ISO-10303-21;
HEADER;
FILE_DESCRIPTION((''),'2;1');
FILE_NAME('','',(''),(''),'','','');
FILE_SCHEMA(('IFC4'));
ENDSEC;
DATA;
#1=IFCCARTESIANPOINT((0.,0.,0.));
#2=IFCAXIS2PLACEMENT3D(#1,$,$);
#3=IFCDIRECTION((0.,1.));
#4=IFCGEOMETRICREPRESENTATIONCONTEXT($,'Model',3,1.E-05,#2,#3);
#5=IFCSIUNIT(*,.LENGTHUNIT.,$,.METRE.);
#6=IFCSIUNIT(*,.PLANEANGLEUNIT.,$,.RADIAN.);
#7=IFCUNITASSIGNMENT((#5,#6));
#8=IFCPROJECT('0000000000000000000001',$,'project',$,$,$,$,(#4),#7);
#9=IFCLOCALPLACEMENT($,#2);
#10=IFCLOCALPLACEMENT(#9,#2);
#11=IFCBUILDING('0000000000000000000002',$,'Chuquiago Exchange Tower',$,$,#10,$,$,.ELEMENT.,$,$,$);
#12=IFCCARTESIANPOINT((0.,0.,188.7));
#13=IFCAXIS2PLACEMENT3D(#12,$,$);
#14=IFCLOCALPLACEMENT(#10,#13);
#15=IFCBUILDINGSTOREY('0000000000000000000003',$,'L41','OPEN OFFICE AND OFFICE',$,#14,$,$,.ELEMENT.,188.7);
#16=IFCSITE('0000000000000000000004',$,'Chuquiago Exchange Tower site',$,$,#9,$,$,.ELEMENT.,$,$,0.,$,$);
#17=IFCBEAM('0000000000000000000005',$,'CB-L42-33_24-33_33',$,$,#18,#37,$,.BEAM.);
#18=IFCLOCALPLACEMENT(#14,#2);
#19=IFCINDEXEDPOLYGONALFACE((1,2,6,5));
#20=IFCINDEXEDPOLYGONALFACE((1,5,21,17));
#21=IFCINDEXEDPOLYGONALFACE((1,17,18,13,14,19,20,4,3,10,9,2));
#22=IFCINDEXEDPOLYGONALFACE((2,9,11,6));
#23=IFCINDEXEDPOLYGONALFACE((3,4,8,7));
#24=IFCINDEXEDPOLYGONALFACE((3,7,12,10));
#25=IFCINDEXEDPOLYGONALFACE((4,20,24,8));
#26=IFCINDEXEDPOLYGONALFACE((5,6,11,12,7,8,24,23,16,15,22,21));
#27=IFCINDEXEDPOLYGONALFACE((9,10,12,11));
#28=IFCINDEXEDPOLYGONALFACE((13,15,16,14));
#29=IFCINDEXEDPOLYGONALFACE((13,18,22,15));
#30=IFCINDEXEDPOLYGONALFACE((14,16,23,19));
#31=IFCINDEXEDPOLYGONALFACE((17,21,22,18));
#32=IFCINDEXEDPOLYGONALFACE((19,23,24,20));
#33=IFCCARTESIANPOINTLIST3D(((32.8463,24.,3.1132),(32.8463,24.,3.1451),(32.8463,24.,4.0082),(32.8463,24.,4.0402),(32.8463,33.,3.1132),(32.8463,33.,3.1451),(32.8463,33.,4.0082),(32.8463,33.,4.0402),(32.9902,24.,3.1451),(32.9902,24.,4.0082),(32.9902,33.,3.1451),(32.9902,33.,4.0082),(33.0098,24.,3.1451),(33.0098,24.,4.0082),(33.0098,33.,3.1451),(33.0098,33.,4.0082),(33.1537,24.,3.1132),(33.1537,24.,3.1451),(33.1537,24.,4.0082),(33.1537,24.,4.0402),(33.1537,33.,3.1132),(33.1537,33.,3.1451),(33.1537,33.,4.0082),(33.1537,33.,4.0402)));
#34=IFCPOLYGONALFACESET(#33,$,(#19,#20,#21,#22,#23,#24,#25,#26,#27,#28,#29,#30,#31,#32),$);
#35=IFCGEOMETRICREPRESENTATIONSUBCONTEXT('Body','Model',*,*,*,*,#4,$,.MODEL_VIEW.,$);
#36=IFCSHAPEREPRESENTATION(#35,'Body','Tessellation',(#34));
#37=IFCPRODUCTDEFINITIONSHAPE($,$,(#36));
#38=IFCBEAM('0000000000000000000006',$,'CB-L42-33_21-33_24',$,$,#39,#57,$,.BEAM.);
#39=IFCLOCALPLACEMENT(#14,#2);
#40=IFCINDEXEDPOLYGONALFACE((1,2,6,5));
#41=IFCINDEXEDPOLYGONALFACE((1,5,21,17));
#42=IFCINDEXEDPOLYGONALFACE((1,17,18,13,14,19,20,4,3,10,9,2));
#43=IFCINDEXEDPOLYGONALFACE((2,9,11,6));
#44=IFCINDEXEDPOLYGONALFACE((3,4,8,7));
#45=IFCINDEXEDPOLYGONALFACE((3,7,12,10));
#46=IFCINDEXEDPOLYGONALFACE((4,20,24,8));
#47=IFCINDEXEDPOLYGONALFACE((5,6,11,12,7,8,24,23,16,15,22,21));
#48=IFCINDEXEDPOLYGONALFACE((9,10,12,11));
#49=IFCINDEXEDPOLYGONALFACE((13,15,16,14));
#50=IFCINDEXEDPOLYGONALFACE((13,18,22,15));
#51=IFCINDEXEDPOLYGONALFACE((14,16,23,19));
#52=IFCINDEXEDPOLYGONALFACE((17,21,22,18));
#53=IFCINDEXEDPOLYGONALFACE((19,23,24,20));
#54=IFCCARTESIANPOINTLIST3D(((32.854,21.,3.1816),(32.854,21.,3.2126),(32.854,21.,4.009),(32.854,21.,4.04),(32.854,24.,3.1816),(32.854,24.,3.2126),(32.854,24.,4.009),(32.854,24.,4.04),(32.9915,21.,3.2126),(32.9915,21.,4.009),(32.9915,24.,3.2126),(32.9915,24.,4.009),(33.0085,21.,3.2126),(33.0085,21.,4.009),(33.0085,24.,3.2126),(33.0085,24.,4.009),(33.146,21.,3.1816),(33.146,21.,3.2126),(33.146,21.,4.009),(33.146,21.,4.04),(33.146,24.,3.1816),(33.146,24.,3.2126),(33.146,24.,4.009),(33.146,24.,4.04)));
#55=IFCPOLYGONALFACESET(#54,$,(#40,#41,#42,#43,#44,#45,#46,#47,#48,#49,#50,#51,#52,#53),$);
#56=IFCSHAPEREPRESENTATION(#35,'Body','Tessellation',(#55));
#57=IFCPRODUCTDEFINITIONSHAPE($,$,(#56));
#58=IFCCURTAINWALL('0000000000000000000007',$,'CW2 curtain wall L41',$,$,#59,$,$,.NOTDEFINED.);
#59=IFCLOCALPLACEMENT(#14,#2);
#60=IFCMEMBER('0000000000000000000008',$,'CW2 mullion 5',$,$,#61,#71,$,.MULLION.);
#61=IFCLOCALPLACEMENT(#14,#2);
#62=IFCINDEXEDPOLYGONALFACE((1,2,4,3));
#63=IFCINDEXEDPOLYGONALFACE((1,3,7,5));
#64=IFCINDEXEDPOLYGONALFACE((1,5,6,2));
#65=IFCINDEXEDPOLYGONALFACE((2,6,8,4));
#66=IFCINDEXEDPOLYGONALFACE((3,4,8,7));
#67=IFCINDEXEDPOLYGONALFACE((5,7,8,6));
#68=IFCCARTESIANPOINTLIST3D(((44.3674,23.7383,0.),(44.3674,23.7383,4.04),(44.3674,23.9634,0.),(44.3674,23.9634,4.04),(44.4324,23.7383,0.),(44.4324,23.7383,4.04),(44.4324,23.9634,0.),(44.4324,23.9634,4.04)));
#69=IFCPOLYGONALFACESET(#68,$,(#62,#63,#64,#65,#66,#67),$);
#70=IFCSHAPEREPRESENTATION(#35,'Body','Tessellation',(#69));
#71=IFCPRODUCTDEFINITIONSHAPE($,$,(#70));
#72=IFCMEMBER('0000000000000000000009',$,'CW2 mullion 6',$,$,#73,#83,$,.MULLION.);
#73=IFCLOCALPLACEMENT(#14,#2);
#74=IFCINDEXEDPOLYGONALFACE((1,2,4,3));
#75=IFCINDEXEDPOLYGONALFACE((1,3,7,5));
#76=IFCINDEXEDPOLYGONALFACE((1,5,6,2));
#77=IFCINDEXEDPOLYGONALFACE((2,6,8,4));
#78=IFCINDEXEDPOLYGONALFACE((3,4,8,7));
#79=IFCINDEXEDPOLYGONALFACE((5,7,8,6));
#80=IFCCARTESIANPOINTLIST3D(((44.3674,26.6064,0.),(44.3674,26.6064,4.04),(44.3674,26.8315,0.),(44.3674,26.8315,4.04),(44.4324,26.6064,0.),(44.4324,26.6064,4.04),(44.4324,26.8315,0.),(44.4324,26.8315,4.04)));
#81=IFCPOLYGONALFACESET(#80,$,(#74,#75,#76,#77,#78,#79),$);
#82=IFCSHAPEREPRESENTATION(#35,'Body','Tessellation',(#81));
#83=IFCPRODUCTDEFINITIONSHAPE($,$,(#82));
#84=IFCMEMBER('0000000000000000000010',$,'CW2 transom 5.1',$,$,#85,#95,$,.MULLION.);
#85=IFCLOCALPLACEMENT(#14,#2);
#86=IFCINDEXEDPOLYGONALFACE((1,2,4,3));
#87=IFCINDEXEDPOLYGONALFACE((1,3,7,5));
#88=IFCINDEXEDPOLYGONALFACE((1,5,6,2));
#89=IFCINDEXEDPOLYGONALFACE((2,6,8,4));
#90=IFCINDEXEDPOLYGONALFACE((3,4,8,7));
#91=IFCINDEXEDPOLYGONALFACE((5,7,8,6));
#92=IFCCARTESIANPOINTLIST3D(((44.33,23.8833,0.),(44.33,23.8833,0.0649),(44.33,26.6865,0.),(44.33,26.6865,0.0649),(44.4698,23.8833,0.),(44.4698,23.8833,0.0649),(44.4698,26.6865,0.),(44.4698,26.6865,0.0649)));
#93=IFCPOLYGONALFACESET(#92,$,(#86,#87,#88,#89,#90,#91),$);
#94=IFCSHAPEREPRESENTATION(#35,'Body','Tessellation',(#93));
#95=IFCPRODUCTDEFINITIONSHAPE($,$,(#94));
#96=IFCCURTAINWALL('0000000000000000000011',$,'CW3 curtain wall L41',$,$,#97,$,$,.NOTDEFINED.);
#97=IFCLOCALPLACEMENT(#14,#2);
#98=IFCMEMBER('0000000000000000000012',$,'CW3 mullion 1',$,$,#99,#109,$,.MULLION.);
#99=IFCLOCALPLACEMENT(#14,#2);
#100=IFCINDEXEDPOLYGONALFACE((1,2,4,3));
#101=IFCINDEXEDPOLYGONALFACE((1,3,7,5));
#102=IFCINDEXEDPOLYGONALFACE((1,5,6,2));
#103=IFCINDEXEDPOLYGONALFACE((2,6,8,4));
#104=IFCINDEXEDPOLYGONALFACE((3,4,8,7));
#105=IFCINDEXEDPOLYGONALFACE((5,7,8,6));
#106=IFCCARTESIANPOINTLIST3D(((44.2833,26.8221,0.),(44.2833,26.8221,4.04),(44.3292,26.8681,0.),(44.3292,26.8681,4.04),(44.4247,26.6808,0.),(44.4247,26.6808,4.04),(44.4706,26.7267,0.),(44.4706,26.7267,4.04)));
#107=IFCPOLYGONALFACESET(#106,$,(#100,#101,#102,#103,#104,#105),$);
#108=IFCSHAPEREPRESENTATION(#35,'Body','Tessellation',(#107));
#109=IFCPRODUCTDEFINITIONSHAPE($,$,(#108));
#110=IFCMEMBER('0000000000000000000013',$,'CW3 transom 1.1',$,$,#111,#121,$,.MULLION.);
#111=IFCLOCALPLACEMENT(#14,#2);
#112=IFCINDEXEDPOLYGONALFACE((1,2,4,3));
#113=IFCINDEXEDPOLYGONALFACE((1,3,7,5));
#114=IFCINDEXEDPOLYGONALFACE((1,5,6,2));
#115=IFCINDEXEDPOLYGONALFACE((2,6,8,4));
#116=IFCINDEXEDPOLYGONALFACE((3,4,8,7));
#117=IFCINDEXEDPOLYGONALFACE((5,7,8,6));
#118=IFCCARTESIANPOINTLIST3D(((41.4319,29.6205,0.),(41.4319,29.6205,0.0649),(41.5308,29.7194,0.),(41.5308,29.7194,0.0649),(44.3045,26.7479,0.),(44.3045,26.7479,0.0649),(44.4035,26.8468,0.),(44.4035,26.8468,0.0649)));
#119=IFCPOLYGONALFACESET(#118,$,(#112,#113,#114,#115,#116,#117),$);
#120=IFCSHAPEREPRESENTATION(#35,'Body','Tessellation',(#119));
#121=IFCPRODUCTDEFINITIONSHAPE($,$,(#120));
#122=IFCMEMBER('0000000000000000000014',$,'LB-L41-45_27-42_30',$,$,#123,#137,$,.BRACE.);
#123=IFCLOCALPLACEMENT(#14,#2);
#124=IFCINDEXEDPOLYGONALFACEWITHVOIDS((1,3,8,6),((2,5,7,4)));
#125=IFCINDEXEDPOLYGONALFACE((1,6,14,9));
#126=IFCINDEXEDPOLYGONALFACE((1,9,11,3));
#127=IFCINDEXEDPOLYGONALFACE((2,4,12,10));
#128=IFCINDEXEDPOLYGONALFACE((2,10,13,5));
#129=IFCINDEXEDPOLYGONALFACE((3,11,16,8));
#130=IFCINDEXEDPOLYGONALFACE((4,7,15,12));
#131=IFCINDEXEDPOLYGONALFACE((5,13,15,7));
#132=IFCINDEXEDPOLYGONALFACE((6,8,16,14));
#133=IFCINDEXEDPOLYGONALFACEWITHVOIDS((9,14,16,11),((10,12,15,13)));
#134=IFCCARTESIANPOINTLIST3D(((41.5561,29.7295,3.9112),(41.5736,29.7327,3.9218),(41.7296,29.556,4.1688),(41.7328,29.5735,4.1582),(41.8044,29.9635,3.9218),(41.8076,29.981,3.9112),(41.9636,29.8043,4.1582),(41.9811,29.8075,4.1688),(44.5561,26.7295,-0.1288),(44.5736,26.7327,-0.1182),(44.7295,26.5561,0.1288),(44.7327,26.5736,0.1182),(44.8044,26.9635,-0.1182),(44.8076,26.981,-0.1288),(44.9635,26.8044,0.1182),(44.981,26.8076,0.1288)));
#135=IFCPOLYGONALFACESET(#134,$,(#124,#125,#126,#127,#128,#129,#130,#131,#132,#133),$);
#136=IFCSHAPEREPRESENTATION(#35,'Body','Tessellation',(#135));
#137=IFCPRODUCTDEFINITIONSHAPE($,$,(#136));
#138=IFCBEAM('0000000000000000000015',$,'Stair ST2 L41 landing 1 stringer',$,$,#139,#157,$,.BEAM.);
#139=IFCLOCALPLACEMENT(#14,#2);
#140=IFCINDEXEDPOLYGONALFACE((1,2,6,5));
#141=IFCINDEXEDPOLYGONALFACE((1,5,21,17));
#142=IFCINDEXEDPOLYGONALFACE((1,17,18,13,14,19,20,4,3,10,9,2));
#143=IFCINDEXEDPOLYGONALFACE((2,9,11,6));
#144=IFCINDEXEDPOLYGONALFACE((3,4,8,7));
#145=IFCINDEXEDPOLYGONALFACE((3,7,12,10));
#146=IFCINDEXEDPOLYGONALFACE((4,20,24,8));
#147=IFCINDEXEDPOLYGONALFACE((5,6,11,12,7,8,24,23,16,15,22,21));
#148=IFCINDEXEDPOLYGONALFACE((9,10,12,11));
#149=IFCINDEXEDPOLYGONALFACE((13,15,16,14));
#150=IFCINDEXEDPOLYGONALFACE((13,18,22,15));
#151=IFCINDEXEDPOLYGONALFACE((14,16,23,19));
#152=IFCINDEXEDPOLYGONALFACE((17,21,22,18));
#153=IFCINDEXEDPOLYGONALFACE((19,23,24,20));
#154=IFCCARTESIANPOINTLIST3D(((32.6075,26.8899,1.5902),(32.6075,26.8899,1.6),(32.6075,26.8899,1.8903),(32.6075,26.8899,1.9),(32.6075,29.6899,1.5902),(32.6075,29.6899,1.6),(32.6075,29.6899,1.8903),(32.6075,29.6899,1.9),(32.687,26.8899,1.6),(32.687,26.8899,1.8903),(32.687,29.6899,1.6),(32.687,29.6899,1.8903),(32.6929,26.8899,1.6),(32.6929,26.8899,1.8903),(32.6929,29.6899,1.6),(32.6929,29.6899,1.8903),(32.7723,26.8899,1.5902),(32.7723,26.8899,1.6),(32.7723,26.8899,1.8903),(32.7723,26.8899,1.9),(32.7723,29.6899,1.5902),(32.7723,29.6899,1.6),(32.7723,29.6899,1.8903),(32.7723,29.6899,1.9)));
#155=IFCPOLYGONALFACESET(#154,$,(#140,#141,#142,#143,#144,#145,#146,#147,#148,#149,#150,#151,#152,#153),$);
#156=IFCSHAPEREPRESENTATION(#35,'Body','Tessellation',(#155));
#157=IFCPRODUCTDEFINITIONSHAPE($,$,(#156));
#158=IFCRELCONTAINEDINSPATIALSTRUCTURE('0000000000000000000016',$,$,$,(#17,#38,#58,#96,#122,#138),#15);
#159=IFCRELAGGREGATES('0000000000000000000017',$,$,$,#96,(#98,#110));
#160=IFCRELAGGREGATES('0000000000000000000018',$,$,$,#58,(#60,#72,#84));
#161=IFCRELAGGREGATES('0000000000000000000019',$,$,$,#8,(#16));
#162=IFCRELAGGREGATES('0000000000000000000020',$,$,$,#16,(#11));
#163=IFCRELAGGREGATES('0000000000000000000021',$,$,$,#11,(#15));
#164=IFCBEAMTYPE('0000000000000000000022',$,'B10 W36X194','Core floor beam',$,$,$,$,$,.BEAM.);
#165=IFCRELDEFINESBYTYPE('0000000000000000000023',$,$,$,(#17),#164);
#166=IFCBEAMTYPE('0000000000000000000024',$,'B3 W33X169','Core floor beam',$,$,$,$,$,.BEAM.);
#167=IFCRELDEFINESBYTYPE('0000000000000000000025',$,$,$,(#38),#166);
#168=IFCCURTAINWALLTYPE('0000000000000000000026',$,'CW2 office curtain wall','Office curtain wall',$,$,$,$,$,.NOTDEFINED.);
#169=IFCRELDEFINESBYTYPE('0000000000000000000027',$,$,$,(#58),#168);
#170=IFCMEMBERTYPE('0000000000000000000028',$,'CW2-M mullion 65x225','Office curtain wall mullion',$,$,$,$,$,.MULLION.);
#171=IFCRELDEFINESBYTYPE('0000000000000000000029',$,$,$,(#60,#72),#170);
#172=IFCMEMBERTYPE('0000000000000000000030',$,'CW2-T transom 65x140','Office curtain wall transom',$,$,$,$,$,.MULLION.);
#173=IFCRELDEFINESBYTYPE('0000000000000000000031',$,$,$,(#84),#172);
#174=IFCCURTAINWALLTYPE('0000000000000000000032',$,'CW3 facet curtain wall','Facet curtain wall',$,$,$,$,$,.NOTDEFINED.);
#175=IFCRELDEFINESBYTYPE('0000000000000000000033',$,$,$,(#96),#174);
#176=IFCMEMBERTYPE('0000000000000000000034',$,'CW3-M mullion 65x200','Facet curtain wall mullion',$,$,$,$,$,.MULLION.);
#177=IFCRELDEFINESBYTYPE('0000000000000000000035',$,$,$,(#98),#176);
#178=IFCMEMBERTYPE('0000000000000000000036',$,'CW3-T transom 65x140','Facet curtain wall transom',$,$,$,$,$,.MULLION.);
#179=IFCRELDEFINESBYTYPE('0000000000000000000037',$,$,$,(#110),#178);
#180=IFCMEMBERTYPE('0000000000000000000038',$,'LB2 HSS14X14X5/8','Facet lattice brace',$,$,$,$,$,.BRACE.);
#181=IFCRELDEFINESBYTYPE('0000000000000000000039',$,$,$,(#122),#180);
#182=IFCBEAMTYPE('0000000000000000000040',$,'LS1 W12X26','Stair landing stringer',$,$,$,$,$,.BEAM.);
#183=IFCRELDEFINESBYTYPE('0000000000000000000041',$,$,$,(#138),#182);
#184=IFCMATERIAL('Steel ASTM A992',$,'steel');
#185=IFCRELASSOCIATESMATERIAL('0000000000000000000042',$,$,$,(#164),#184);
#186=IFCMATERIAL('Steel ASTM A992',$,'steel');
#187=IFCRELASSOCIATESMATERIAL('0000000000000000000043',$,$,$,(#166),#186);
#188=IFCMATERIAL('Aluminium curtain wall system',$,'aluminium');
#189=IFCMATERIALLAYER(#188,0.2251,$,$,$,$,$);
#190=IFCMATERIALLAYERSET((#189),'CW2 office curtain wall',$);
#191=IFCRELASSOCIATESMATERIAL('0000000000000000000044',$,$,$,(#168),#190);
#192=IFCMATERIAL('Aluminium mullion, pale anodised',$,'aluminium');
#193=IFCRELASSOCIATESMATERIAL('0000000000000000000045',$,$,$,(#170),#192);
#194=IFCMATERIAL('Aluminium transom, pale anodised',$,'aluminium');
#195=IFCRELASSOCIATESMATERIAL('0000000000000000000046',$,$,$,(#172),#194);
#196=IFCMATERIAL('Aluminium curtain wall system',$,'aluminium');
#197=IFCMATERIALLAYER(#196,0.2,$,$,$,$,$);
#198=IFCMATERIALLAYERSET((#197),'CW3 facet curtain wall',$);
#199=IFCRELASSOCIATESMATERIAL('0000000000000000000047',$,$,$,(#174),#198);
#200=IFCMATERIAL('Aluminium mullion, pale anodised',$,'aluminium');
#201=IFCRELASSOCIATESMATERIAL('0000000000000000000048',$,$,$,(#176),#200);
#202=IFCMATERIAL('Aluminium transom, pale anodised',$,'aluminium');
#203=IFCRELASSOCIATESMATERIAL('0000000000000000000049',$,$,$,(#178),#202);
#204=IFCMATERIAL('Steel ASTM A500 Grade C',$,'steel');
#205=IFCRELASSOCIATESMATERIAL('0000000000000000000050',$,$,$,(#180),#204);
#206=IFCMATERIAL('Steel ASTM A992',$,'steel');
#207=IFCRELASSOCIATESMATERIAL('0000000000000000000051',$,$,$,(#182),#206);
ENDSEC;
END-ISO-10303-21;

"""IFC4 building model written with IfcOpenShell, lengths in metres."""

from ifc_helpers import new_model, si_unit, direction, frame, origin, origin_2d, place, context, subcontext, project, spatial, rectangle, hollow_rectangle, i_section, extrude, material, layer, layer_set, material_profile, profile_set, type_object, element, aggregate, save


model = new_model("IFC4")

# Units and contexts
model_context = context("Model", 3, precision=1e-05, world=origin(), true_north=direction((0.0, 1.0)))
body_context = subcontext(model_context, "Body", "Model", "MODEL_VIEW")
ifc_project = project(units=[si_unit("LENGTHUNIT", "METRE"), si_unit("PLANEANGLEUNIT", "RADIAN")], contexts=[model_context])

# Site, building, storey
site_placement = place(None, origin())
site = spatial("IfcSite", under=ifc_project, at=site_placement, Name="Chuquiago Exchange Tower site", CompositionType="ELEMENT", RefElevation=0.0)
building_placement = place(site_placement, origin())
building = spatial("IfcBuilding", under=site, at=building_placement, Name="Chuquiago Exchange Tower", CompositionType="ELEMENT")
storey_placement = place(building_placement, frame((0.0, 0.0, 188.7)))
storey = spatial("IfcBuildingStorey", under=building, at=storey_placement, Name="L41", Description="OPEN OFFICE AND OFFICE", CompositionType="ELEMENT", Elevation=188.7)

# Beams
ifc_material_1 = material(Name="Steel ASTM A992", Category="steel")
ifc_material_profile_1 = material_profile(ifc_material_1, i_section(OverallWidth=0.3074, OverallDepth=0.927, WebThickness=0.0195, FlangeThickness=0.032, at=origin_2d()), Name="W36X194")
ifc_profile_set_1 = profile_set([ifc_material_profile_1], Name="Steel ASTM A992")
beam_type_1 = type_object("IfcBeamType", Name="B10 W36X194", Description="Core floor beam", PredefinedType="BEAM", material=ifc_profile_set_1)
beam_1_placement = place(storey_placement, frame((33.0, 24.0, 3.5767), z_axis=(0.0, 1.0, 0.0), x_axis=(-1.0, 0.0, 0.0)))
element("IfcBeam", 1, at=beam_1_placement, inside=storey, type_object=beam_type_1, Name="CB-L42-33_24-33_33", PredefinedType="BEAM", context=body_context, shape_type="SweptSolid", body=[
    extrude(i_section(OverallWidth=0.3074, OverallDepth=0.927, WebThickness=0.0195, FlangeThickness=0.032, at=origin_2d()), origin(), (0.0, 0.0, 1.0), 9.0),
])
ifc_material_2 = material(Name="Steel ASTM A992", Category="steel")
ifc_material_profile_2 = material_profile(ifc_material_2, i_section(OverallWidth=0.292, OverallDepth=0.8584, WebThickness=0.0171, FlangeThickness=0.031, at=origin_2d()), Name="W33X169")
ifc_profile_set_2 = profile_set([ifc_material_profile_2], Name="Steel ASTM A992")
beam_type_2 = type_object("IfcBeamType", Name="B3 W33X169", Description="Core floor beam", PredefinedType="BEAM", material=ifc_profile_set_2)
beam_2_placement = place(storey_placement, frame((33.0, 21.0, 3.6108), z_axis=(0.0, 1.0, 0.0), x_axis=(-1.0, 0.0, 0.0)))
element("IfcBeam", 2, at=beam_2_placement, inside=storey, type_object=beam_type_2, Name="CB-L42-33_21-33_24", PredefinedType="BEAM", context=body_context, shape_type="SweptSolid", body=[
    extrude(i_section(OverallWidth=0.292, OverallDepth=0.8584, WebThickness=0.0171, FlangeThickness=0.031, at=origin_2d()), origin(), (0.0, 0.0, 1.0), 3.0),
])

# Curtain walls, members
ifc_material_3 = material(Name="Aluminium curtain wall system", Category="aluminium")
ifc_layer_1 = layer(ifc_material_3, 0.2251)
ifc_layer_set_1 = layer_set([ifc_layer_1], Name="CW2 office curtain wall")
curtain_wall_type_1 = type_object("IfcCurtainWallType", Name="CW2 office curtain wall", Description="Office curtain wall", PredefinedType="NOTDEFINED", material=ifc_layer_set_1)
curtain_wall_1_placement = place(storey_placement, origin())
curtain_wall_1 = element("IfcCurtainWall", 3, at=curtain_wall_1_placement, inside=storey, type_object=curtain_wall_type_1, Name="CW2 curtain wall L41", PredefinedType="NOTDEFINED")
ifc_material_4 = material(Name="Aluminium mullion, pale anodised", Category="aluminium")
ifc_material_profile_3 = material_profile(ifc_material_4, rectangle(XDim=0.0649, YDim=0.2251, at=origin_2d()), Name="AL 65x225")
ifc_profile_set_3 = profile_set([ifc_material_profile_3], Name="Aluminium mullion, pale anodised")
member_type_1 = type_object("IfcMemberType", Name="CW2-M mullion 65x225", Description="Office curtain wall mullion", PredefinedType="MULLION", material=ifc_profile_set_3)
member_1_placement = place(storey_placement, frame((44.3999, 23.8508, 0.0), z_axis=(0.0, 0.0, 1.0), x_axis=(-1.0, 0.0, 0.0)))
member_1 = element("IfcMember", 4, at=member_1_placement, type_object=member_type_1, Name="CW2 mullion 5", PredefinedType="MULLION", context=body_context, shape_type="SweptSolid", body=[
    extrude(rectangle(XDim=0.0649, YDim=0.2251, at=origin_2d()), origin(), (0.0, 0.0, 1.0), 4.04),
])
member_2_placement = place(storey_placement, frame((44.3999, 26.719, 0.0), z_axis=(0.0, 0.0, 1.0), x_axis=(-1.0, 0.0, 0.0)))
member_2 = element("IfcMember", 5, at=member_2_placement, type_object=member_type_1, Name="CW2 mullion 6", PredefinedType="MULLION", context=body_context, shape_type="SweptSolid", body=[
    extrude(rectangle(XDim=0.0649, YDim=0.2251, at=origin_2d()), origin(), (0.0, 0.0, 1.0), 4.04),
])
ifc_material_5 = material(Name="Aluminium transom, pale anodised", Category="aluminium")
ifc_material_profile_4 = material_profile(ifc_material_5, rectangle(XDim=0.1399, YDim=0.0649, at=origin_2d()), Name="AL 140x65")
ifc_profile_set_4 = profile_set([ifc_material_profile_4], Name="Aluminium transom, pale anodised")
member_type_2 = type_object("IfcMemberType", Name="CW2-T transom 65x140", Description="Office curtain wall transom", PredefinedType="MULLION", material=ifc_profile_set_4)
member_3_placement = place(storey_placement, frame((44.3999, 23.8833, 0.0325), z_axis=(0.0, 1.0, 0.0), x_axis=(-1.0, 0.0, 0.0)))
member_3 = element("IfcMember", 6, at=member_3_placement, type_object=member_type_2, Name="CW2 transom 5.1", PredefinedType="MULLION", context=body_context, shape_type="SweptSolid", body=[
    extrude(rectangle(XDim=0.1399, YDim=0.0649, at=origin_2d()), origin(), (0.0, 0.0, 1.0), 2.8032),
])
ifc_material_6 = material(Name="Aluminium curtain wall system", Category="aluminium")
ifc_layer_2 = layer(ifc_material_6, 0.2)
ifc_layer_set_2 = layer_set([ifc_layer_2], Name="CW3 facet curtain wall")
curtain_wall_type_2 = type_object("IfcCurtainWallType", Name="CW3 facet curtain wall", Description="Facet curtain wall", PredefinedType="NOTDEFINED", material=ifc_layer_set_2)
curtain_wall_2_placement = place(storey_placement, origin())
curtain_wall_2 = element("IfcCurtainWall", 7, at=curtain_wall_2_placement, inside=storey, type_object=curtain_wall_type_2, Name="CW3 curtain wall L41", PredefinedType="NOTDEFINED")
ifc_material_7 = material(Name="Aluminium mullion, pale anodised", Category="aluminium")
ifc_material_profile_5 = material_profile(ifc_material_7, rectangle(XDim=0.0649, YDim=0.2, at=origin_2d()), Name="AL 65x200")
ifc_profile_set_5 = profile_set([ifc_material_profile_5], Name="Aluminium mullion, pale anodised")
member_type_3 = type_object("IfcMemberType", Name="CW3-M mullion 65x200", Description="Facet curtain wall mullion", PredefinedType="MULLION", material=ifc_profile_set_5)
member_4_placement = place(storey_placement, frame((44.377, 26.7744, 0.0), z_axis=(0.0, 0.0, 1.0), x_axis=(-0.707107, -0.707107, 0.0)))
member_4 = element("IfcMember", 8, at=member_4_placement, type_object=member_type_3, Name="CW3 mullion 1", PredefinedType="MULLION", context=body_context, shape_type="SweptSolid", body=[
    extrude(rectangle(XDim=0.0649, YDim=0.2, at=origin_2d()), origin(), (0.0, 0.0, 1.0), 4.04),
])
ifc_material_8 = material(Name="Aluminium transom, pale anodised", Category="aluminium")
ifc_material_profile_6 = material_profile(ifc_material_8, rectangle(XDim=0.1399, YDim=0.0649, at=origin_2d()), Name="AL 140x65")
ifc_profile_set_6 = profile_set([ifc_material_profile_6], Name="Aluminium transom, pale anodised")
member_type_4 = type_object("IfcMemberType", Name="CW3-T transom 65x140", Description="Facet curtain wall transom", PredefinedType="MULLION", material=ifc_profile_set_6)
member_5_placement = place(storey_placement, frame((44.354, 26.7974, 0.0325), z_axis=(-0.707107, 0.707107, 0.0), x_axis=(-0.707107, -0.707107, 0.0)))
member_5 = element("IfcMember", 9, at=member_5_placement, type_object=member_type_4, Name="CW3 transom 1.1", PredefinedType="MULLION", context=body_context, shape_type="SweptSolid", body=[
    extrude(rectangle(XDim=0.1399, YDim=0.0649, at=origin_2d()), origin(), (0.0, 0.0, 1.0), 4.0625),
])
aggregate(curtain_wall_2, [member_4, member_5])

# Member
ifc_material_9 = material(Name="Steel ASTM A500 Grade C", Category="steel")
ifc_material_profile_7 = material_profile(ifc_material_9, hollow_rectangle(XDim=0.3557, YDim=0.3557, WallThickness=0.0146, at=origin_2d()), Name="HSS14X14X5/8")
ifc_profile_set_7 = profile_set([ifc_material_profile_7], Name="Steel ASTM A500 Grade C")
member_type_5 = type_object("IfcMemberType", Name="LB2 HSS14X14X5/8", Description="Facet lattice brace", PredefinedType="BRACE", material=ifc_profile_set_7)
member_6_placement = place(storey_placement, frame((44.7686, 26.7686, 0.0), z_axis=(-0.512077, 0.512077, 0.689604), x_axis=(-0.707107, -0.707107, 0.0)))
element("IfcMember", 10, at=member_6_placement, inside=storey, type_object=member_type_5, Name="LB-L41-45_27-42_30", PredefinedType="BRACE", context=body_context, shape_type="SweptSolid", body=[
    extrude(hollow_rectangle(XDim=0.3557, YDim=0.3557, WallThickness=0.0146, at=origin_2d()), origin(), (0.0, 0.0, 1.0), 5.8584),
])

# Beam
ifc_material_10 = material(Name="Steel ASTM A992", Category="steel")
ifc_material_profile_8 = material_profile(ifc_material_10, i_section(OverallWidth=0.1648, OverallDepth=0.3098, WebThickness=0.0059, FlangeThickness=0.0098, at=origin_2d()), Name="W12X26")
ifc_profile_set_8 = profile_set([ifc_material_profile_8], Name="Steel ASTM A992")
beam_type_3 = type_object("IfcBeamType", Name="LS1 W12X26", Description="Stair landing stringer", PredefinedType="BEAM", material=ifc_profile_set_8)
beam_3_placement = place(storey_placement, frame((32.6899, 26.8899, 1.7451), z_axis=(0.0, 1.0, 0.0), x_axis=(-1.0, 0.0, 0.0)))
element("IfcBeam", 11, at=beam_3_placement, inside=storey, type_object=beam_type_3, Name="Stair ST2 L41 landing 1 stringer", PredefinedType="BEAM", context=body_context, shape_type="SweptSolid", body=[
    extrude(i_section(OverallWidth=0.1648, OverallDepth=0.3098, WebThickness=0.0059, FlangeThickness=0.0098, at=origin_2d()), origin(), (0.0, 0.0, 1.0), 2.8),
])

aggregate(curtain_wall_1, [member_1, member_2, member_3])

save(model, "model.ifc")
